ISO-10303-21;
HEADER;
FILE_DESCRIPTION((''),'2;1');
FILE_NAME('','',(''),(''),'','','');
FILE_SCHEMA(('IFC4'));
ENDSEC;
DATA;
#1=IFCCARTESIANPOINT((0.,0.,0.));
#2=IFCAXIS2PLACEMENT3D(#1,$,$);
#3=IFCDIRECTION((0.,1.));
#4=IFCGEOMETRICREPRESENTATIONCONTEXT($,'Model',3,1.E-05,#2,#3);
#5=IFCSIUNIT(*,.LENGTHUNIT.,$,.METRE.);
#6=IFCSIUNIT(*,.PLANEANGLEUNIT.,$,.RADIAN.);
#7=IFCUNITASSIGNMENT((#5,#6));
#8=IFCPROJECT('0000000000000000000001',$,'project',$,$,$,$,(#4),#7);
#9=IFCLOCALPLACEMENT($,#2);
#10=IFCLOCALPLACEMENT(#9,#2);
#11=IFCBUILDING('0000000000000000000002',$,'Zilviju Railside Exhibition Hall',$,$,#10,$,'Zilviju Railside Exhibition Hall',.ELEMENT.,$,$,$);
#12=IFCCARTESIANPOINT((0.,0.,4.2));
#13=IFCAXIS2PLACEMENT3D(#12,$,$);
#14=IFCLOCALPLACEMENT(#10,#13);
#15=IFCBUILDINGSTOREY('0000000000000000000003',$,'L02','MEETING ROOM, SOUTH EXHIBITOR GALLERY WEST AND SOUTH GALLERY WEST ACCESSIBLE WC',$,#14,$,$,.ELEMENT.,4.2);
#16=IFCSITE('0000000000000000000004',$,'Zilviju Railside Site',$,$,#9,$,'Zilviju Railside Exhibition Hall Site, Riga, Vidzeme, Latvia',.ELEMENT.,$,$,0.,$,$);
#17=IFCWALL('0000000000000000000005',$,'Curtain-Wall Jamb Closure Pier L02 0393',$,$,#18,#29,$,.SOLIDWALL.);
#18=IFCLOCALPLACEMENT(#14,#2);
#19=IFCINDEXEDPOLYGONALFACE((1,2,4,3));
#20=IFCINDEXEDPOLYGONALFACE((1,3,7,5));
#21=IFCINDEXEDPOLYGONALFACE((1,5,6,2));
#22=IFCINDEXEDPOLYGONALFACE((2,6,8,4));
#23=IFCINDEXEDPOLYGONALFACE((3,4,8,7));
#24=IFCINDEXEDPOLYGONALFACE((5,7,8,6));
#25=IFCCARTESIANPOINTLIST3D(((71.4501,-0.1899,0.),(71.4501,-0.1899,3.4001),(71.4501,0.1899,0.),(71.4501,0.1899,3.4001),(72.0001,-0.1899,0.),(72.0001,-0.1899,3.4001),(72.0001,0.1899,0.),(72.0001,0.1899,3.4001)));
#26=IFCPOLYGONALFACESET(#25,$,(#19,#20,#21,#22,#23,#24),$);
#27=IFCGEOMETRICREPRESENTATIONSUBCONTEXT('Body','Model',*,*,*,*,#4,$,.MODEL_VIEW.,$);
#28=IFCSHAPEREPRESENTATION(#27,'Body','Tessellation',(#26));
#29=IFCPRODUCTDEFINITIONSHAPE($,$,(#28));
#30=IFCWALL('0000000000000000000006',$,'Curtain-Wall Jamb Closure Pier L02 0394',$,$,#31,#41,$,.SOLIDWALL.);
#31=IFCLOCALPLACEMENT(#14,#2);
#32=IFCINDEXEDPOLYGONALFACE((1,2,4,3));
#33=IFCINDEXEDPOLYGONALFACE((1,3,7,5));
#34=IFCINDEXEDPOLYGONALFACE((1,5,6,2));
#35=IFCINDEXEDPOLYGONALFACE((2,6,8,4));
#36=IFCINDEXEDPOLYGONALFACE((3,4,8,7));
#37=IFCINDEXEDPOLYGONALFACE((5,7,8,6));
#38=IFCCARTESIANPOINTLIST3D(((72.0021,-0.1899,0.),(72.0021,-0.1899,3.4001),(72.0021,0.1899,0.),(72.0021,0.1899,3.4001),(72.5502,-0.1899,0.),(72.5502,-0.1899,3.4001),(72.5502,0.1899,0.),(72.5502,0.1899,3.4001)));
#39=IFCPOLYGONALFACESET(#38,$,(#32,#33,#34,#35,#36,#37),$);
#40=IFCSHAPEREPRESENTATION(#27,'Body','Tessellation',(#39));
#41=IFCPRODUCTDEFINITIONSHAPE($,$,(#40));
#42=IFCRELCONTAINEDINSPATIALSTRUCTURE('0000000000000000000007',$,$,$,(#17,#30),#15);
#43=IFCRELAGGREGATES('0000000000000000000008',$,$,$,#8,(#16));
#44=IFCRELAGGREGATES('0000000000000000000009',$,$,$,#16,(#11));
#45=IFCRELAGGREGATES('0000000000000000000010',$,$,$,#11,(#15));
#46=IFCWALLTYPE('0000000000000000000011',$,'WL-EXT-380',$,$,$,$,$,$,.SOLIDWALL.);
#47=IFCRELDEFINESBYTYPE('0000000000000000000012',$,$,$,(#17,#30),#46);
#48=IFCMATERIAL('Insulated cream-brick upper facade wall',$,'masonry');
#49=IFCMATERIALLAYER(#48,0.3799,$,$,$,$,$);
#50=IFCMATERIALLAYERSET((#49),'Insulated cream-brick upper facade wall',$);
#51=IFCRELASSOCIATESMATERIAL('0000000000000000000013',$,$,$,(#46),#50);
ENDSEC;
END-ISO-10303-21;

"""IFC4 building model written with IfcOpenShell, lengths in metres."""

from ifc_helpers import new_model, si_unit, direction, frame, frame_2d, origin, place, context, subcontext, project, spatial, rectangle, extrude, material, layer, layer_set, type_object, element, save


model = new_model("IFC4")

# Units and contexts
model_context = context("Model", 3, precision=1e-05, world=origin(), true_north=direction((0.0, 1.0)))
body_context = subcontext(model_context, "Body", "Model", "MODEL_VIEW")
ifc_project = project(units=[si_unit("LENGTHUNIT", "METRE"), si_unit("PLANEANGLEUNIT", "RADIAN")], contexts=[model_context])

# Site, building, storey
site_placement = place(None, origin())
site = spatial("IfcSite", under=ifc_project, at=site_placement, Name="Zilviju Railside Site", LongName="Zilviju Railside Exhibition Hall Site, Riga, Vidzeme, Latvia", CompositionType="ELEMENT", RefElevation=0.0)
building_placement = place(site_placement, origin())
building = spatial("IfcBuilding", under=site, at=building_placement, Name="Zilviju Railside Exhibition Hall", LongName="Zilviju Railside Exhibition Hall", CompositionType="ELEMENT")
storey_placement = place(building_placement, frame((0.0, 0.0, 4.2)))
storey = spatial("IfcBuildingStorey", under=building, at=storey_placement, Name="L02", Description="MEETING ROOM, SOUTH EXHIBITOR GALLERY WEST AND SOUTH GALLERY WEST ACCESSIBLE WC", CompositionType="ELEMENT", Elevation=4.2)

# Walls
ifc_material_1 = material(Name="Insulated cream-brick upper facade wall", Category="masonry")
ifc_layer_1 = layer(ifc_material_1, 0.3799)
ifc_layer_set_1 = layer_set([ifc_layer_1], Name="Insulated cream-brick upper facade wall")
wall_type = type_object("IfcWallType", Name="WL-EXT-380", PredefinedType="SOLIDWALL", material=ifc_layer_set_1)
wall_1_placement = place(storey_placement, frame((72.0, 0.0, 0.0), z_axis=(0.0, 0.0, 1.0), x_axis=(-1.0, 0.0, 0.0)))
element("IfcWall", 1, at=wall_1_placement, inside=storey, type_object=wall_type, Name="Curtain-Wall Jamb Closure Pier L02 0393", PredefinedType="SOLIDWALL", context=body_context, shape_type="SweptSolid", body=[
    extrude(rectangle(XDim=0.55, YDim=0.3799, at=frame_2d((0.2749, 0.0))), origin(), (0.0, 0.0, 1.0), 3.4001),
])
wall_2_placement = place(storey_placement, frame((72.55, 0.0, 0.0), z_axis=(0.0, 0.0, 1.0), x_axis=(-1.0, 0.0, 0.0)))
element("IfcWall", 2, at=wall_2_placement, inside=storey, type_object=wall_type, Name="Curtain-Wall Jamb Closure Pier L02 0394", PredefinedType="SOLIDWALL", context=body_context, shape_type="SweptSolid", body=[
    extrude(rectangle(XDim=0.5481, YDim=0.3799, at=frame_2d((0.2739, 0.0))), origin(), (0.0, 0.0, 1.0), 3.4001),
])

save(model, "model.ifc")
